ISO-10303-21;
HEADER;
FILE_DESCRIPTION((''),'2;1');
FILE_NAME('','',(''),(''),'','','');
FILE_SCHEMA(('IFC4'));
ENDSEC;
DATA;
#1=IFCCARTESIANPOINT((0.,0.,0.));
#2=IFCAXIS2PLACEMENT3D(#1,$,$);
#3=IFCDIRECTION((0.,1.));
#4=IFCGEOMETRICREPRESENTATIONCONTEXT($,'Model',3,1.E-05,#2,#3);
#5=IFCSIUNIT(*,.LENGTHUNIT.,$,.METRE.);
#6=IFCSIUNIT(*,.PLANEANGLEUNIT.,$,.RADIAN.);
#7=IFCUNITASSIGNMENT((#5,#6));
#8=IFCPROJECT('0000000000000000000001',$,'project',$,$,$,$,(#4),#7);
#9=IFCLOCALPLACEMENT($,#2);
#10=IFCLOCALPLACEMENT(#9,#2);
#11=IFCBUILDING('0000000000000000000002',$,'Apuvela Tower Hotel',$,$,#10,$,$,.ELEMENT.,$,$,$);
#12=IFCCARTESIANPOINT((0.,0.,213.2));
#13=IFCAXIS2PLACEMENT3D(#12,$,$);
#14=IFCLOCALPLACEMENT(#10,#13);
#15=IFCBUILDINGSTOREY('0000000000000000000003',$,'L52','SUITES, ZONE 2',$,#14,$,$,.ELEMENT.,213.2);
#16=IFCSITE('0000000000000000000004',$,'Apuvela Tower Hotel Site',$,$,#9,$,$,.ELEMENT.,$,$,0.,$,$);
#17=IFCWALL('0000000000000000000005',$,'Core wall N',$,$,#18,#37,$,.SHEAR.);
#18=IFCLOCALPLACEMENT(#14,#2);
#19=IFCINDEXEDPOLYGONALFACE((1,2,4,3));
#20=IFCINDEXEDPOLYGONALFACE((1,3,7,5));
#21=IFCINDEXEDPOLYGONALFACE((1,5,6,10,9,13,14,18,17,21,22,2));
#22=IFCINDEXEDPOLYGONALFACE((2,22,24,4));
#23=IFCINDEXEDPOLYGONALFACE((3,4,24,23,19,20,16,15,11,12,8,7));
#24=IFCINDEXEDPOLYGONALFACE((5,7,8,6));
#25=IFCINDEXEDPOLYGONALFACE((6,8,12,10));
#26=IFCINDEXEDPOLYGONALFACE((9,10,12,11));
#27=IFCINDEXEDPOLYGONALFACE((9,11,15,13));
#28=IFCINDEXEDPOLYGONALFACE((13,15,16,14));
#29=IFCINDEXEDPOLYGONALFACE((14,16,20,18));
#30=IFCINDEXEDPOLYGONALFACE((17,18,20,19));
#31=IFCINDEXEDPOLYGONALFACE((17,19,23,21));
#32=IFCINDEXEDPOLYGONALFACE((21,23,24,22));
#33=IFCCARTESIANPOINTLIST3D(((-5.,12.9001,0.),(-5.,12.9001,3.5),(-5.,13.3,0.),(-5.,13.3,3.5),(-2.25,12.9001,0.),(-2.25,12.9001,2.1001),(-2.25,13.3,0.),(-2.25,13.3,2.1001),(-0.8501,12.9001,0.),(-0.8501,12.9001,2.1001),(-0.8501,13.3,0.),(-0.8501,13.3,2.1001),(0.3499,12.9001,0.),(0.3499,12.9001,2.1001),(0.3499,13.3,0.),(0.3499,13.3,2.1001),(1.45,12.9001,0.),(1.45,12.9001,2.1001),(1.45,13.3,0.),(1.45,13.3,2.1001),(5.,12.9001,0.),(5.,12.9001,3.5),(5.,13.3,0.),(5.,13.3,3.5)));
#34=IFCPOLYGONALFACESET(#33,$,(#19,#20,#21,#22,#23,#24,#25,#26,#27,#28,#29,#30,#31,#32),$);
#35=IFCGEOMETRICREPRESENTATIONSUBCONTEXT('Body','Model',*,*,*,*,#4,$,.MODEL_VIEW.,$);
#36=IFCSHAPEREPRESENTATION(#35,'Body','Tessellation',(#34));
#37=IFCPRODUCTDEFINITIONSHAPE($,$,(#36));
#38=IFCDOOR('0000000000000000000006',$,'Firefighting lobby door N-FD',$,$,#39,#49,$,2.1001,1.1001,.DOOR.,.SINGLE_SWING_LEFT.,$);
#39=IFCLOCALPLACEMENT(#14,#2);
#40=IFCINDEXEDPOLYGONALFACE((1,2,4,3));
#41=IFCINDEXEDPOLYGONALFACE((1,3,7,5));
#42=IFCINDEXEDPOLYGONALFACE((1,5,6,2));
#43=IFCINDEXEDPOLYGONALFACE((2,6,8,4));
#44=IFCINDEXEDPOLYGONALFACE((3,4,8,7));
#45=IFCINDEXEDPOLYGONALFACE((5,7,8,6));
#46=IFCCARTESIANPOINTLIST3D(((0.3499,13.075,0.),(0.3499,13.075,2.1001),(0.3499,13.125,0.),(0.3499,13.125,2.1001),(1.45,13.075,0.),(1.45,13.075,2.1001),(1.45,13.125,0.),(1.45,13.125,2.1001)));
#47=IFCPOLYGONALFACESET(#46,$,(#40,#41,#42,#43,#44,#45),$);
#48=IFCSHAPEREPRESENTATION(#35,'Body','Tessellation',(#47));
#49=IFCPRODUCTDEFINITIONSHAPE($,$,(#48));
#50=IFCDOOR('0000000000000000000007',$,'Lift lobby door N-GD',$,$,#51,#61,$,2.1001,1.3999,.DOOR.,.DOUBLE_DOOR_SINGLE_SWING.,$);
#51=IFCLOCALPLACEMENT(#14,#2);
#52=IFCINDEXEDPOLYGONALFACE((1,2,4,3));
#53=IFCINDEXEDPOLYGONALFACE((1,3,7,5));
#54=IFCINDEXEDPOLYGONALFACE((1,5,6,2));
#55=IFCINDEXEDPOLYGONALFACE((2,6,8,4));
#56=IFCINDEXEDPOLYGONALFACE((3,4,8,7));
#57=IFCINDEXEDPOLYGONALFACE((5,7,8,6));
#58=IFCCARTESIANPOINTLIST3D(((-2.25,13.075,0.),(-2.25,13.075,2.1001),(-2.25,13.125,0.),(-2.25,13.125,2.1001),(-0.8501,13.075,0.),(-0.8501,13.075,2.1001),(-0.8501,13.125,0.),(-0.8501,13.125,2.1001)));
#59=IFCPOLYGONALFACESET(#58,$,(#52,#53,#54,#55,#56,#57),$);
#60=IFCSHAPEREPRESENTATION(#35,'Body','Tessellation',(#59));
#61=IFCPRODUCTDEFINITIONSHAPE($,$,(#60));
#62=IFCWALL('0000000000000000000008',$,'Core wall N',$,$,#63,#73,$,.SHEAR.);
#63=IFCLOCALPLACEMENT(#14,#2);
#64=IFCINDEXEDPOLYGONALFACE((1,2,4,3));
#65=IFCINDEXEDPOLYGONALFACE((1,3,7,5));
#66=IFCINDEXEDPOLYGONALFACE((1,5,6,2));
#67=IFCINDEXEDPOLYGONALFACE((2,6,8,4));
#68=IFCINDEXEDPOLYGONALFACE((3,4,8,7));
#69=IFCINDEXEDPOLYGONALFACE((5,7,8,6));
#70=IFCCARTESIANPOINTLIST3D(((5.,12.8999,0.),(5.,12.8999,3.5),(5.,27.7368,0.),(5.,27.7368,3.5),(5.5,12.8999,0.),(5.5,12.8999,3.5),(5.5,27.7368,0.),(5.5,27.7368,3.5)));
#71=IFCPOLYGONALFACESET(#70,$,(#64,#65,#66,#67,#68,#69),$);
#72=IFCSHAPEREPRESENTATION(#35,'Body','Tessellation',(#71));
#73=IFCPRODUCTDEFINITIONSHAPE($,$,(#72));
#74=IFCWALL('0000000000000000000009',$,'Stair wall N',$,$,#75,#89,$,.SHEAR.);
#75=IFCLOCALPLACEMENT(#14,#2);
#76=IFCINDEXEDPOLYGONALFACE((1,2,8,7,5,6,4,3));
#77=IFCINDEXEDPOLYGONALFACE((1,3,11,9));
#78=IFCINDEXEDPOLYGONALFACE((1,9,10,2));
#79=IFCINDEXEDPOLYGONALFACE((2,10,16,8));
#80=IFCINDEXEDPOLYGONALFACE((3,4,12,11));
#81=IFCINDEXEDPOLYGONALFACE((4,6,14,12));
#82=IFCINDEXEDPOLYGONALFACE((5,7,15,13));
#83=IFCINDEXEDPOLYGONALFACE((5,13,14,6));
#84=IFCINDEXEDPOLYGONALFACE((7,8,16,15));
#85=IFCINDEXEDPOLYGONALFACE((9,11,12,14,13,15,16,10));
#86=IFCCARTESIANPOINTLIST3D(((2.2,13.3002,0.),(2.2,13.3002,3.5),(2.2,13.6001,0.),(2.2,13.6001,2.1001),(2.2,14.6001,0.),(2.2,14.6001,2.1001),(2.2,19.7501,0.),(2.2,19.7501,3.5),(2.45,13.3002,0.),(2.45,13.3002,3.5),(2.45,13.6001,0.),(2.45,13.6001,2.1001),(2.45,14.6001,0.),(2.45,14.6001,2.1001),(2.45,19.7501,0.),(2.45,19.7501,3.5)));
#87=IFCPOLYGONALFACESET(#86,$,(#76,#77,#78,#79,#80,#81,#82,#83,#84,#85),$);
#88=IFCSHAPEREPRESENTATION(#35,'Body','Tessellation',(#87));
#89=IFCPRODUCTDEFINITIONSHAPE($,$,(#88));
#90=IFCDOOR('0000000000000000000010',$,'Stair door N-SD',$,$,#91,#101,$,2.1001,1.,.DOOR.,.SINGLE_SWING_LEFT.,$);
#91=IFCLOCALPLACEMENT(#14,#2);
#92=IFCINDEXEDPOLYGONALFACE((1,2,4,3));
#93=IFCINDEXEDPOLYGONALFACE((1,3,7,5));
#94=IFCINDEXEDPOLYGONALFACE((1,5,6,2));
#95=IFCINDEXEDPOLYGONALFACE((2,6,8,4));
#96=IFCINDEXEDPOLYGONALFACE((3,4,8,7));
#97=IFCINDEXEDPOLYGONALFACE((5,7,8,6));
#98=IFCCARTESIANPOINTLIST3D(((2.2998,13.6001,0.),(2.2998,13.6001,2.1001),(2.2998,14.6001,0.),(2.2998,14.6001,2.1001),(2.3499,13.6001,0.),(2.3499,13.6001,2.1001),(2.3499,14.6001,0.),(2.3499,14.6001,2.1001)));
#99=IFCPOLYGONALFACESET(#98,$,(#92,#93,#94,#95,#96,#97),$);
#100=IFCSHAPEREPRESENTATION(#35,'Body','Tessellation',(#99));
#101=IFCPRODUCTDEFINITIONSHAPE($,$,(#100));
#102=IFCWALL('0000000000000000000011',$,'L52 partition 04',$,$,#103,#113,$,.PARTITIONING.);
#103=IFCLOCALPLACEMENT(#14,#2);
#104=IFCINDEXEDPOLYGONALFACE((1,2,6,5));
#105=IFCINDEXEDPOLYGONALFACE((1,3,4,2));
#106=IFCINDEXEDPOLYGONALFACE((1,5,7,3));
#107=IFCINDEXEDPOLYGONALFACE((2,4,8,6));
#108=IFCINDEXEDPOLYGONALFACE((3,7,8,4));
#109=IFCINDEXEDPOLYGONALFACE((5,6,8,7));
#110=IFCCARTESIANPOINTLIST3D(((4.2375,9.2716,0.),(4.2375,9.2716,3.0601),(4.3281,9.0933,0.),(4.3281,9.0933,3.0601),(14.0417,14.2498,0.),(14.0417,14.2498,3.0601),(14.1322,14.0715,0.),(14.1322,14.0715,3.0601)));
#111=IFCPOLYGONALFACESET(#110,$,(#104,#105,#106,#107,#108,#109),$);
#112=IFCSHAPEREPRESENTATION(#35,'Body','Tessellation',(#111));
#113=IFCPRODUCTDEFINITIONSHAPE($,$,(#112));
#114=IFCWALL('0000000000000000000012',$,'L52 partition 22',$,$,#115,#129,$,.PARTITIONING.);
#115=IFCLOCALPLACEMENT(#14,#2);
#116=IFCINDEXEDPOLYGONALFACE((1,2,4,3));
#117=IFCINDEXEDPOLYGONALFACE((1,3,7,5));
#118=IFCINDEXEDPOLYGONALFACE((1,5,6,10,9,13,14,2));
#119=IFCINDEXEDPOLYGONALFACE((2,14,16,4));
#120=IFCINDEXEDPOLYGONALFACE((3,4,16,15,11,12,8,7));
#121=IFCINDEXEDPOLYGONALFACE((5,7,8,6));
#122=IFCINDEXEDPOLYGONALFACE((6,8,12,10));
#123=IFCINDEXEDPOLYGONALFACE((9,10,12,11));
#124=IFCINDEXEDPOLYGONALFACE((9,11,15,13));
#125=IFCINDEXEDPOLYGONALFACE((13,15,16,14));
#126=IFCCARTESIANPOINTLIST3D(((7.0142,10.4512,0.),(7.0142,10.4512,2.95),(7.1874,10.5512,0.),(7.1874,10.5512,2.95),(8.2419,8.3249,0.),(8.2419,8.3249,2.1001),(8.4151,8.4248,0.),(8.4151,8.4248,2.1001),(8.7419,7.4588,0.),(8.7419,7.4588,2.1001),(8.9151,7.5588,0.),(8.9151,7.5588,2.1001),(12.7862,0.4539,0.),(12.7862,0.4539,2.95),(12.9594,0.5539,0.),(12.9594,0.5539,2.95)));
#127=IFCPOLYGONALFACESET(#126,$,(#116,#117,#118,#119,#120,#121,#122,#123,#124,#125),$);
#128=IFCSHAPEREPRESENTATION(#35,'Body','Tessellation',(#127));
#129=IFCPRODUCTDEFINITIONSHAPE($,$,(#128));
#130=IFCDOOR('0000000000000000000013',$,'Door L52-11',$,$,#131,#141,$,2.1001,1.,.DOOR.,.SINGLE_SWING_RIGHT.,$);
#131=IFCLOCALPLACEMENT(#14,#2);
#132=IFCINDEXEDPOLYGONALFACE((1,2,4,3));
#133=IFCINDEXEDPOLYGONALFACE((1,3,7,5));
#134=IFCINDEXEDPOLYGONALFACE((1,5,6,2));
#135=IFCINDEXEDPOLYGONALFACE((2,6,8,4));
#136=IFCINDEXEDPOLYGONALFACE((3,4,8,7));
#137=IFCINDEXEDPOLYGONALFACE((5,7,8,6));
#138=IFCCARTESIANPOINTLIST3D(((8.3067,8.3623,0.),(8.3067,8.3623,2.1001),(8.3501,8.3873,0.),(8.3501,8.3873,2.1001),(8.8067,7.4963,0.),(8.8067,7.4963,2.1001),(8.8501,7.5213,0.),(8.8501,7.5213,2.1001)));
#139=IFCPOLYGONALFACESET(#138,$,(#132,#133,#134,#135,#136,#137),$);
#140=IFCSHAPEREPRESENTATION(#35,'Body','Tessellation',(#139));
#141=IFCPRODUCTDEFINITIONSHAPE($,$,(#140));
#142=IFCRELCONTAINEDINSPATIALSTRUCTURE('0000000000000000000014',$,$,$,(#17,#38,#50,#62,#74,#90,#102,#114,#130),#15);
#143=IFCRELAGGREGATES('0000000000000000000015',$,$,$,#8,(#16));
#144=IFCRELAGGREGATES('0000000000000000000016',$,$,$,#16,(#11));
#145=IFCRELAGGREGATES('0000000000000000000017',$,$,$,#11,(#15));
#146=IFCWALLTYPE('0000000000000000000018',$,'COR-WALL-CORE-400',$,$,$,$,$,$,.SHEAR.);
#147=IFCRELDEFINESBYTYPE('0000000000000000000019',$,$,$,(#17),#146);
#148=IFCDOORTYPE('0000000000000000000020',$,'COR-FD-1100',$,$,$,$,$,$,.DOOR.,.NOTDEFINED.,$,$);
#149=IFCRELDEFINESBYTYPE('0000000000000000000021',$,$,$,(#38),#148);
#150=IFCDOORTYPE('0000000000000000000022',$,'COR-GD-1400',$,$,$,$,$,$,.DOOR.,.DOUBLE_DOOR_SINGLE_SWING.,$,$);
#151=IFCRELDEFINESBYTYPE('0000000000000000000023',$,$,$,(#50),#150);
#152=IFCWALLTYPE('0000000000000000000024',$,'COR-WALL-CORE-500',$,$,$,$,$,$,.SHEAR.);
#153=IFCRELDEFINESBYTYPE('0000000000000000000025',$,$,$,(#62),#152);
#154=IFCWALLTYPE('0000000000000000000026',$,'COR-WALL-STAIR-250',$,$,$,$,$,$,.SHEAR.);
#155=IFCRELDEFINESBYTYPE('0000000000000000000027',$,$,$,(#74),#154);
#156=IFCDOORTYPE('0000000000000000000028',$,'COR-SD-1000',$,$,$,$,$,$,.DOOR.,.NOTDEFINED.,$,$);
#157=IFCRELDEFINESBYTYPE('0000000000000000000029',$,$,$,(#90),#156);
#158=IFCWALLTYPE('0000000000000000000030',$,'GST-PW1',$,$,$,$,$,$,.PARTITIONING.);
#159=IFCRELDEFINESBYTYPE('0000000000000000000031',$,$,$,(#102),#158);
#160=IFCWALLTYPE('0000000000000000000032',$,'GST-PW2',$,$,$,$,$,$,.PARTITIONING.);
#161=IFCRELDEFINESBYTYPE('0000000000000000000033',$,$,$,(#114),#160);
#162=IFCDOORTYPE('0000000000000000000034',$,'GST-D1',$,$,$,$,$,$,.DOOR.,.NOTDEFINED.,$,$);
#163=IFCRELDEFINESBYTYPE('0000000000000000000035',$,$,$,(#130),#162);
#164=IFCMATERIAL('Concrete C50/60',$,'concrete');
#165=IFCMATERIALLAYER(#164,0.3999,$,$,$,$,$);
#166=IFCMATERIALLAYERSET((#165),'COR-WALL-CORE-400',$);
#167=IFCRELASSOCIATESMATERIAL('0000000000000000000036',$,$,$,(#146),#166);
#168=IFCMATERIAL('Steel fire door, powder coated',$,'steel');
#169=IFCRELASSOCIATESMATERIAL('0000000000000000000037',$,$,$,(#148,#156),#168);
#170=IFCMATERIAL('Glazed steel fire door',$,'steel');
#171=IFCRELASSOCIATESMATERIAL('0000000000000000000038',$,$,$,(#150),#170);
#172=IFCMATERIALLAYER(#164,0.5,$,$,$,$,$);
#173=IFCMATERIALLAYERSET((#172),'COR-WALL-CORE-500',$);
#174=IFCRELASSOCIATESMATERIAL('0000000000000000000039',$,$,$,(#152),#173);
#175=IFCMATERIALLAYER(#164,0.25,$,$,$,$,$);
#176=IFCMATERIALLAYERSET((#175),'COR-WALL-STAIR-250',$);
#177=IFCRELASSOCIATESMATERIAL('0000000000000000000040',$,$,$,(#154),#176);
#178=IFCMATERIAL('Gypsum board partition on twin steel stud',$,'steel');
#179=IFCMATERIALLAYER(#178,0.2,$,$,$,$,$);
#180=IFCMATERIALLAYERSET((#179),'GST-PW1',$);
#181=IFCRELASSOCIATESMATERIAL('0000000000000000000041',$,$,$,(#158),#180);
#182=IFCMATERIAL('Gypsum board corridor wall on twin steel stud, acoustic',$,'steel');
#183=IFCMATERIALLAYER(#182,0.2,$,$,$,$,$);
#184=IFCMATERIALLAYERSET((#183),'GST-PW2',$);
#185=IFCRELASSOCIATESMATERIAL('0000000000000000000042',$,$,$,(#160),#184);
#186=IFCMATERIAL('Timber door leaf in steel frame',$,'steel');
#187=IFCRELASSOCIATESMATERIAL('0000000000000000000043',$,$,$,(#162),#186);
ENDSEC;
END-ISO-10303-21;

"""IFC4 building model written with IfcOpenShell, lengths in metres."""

from ifc_helpers import new_model, si_unit, direction, frame, frame_2d, origin, place, context, subcontext, project, spatial, rectangle, extrude, material, layer, layer_set, type_object, element, fill, save


model = new_model("IFC4")

# Units and contexts
model_context = context("Model", 3, precision=1e-05, world=origin(), true_north=direction((0.0, 1.0)))
body_context = subcontext(model_context, "Body", "Model", "MODEL_VIEW")
ifc_project = project(units=[si_unit("LENGTHUNIT", "METRE"), si_unit("PLANEANGLEUNIT", "RADIAN")], contexts=[model_context])

# Site, building, storey
site_placement = place(None, origin())
site = spatial("IfcSite", under=ifc_project, at=site_placement, Name="Apuvela Tower Hotel Site", CompositionType="ELEMENT", RefElevation=0.0)
building_placement = place(site_placement, origin())
building = spatial("IfcBuilding", under=site, at=building_placement, Name="Apuvela Tower Hotel", CompositionType="ELEMENT")
storey_placement = place(building_placement, frame((0.0, 0.0, 213.2)))
storey = spatial("IfcBuildingStorey", under=building, at=storey_placement, Name="L52", Description="SUITES, ZONE 2", CompositionType="ELEMENT", Elevation=213.2)

# Shared definitions
ifc_material_1 = material(Name="Concrete C50/60", Category="concrete")

# Wall, openings, doors
ifc_layer_1 = layer(ifc_material_1, 0.3999)
ifc_layer_set_1 = layer_set([ifc_layer_1], Name="COR-WALL-CORE-400")
wall_type_1 = type_object("IfcWallType", Name="COR-WALL-CORE-400", PredefinedType="SHEAR", material=ifc_layer_set_1)
wall_1_placement = place(storey_placement, frame((5.0, 13.1001, 0.0), z_axis=(0.0, 0.0, 1.0), x_axis=(-1.0, 0.0, 0.0)))
wall_1 = element("IfcWall", 1, at=wall_1_placement, inside=storey, type_object=wall_type_1, Name="Core wall N", PredefinedType="SHEAR", context=body_context, shape_type="SweptSolid", body=[
    extrude(rectangle(XDim=10.0, YDim=0.3999, at=frame_2d((5.0, 0.0))), origin(), (0.0, 0.0, 1.0), 3.5),
])
opening_1_placement = place(wall_1_placement, frame((3.55, 0.0, 0.0)))
opening_1 = element("IfcOpeningElement", 2, at=opening_1_placement, cuts=wall_1, PredefinedType="OPENING", context=body_context, shape_type="SweptSolid", body=[
    extrude(rectangle(XDim=1.1001, YDim=2.1001, at=frame_2d((0.55, 1.05))), frame((0.0, 0.21, 0.0), z_axis=(0.0, -1.0, 0.0), x_axis=(1.0, 0.0, 0.0)), (0.0, 0.0, 1.0), 0.4199),
])
opening_2_placement = place(wall_1_placement, frame((5.8501, 0.0, 0.0)))
opening_2 = element("IfcOpeningElement", 3, at=opening_2_placement, cuts=wall_1, PredefinedType="OPENING", context=body_context, shape_type="SweptSolid", body=[
    extrude(rectangle(XDim=1.3999, YDim=2.1001, at=frame_2d((0.7, 1.05))), frame((0.0, 0.21, 0.0), z_axis=(0.0, -1.0, 0.0), x_axis=(1.0, 0.0, 0.0)), (0.0, 0.0, 1.0), 0.4199),
])
ifc_material_2 = material(Name="Steel fire door, powder coated", Category="steel")
door_type_1 = type_object("IfcDoorType", Name="COR-FD-1100", OperationType="NOTDEFINED", PredefinedType="DOOR", material=ifc_material_2)
door_1_placement = place(opening_1_placement, frame((1.1001, 0.0, 0.0), z_axis=(0.0, 0.0, 1.0), x_axis=(-1.0, 0.0, 0.0)))
door_1 = element("IfcDoor", 4, at=door_1_placement, inside=storey, type_object=door_type_1, Name="Firefighting lobby door N-FD", OperationType="SINGLE_SWING_LEFT", OverallHeight=2.1001, OverallWidth=1.1001, PredefinedType="DOOR", context=body_context, shape_type="SweptSolid", body=[
    extrude(rectangle(XDim=1.1001, YDim=2.1001, at=frame_2d((0.55, 1.05))), frame((0.0, 0.0249, 0.0), z_axis=(0.0, -1.0, 0.0), x_axis=(1.0, 0.0, 0.0)), (0.0, 0.0, 1.0), 0.05),
])
fill(opening_1, door_1)
ifc_material_3 = material(Name="Glazed steel fire door", Category="steel")
door_type_2 = type_object("IfcDoorType", Name="COR-GD-1400", OperationType="DOUBLE_DOOR_SINGLE_SWING", PredefinedType="DOOR", material=ifc_material_3)
door_2_placement = place(opening_2_placement, frame((1.3999, 0.0, 0.0), z_axis=(0.0, 0.0, 1.0), x_axis=(-1.0, 0.0, 0.0)))
door_2 = element("IfcDoor", 5, at=door_2_placement, inside=storey, type_object=door_type_2, Name="Lift lobby door N-GD", OperationType="DOUBLE_DOOR_SINGLE_SWING", OverallHeight=2.1001, OverallWidth=1.3999, PredefinedType="DOOR", context=body_context, shape_type="SweptSolid", body=[
    extrude(rectangle(XDim=1.3999, YDim=2.1001, at=frame_2d((0.7, 1.05))), frame((0.0, 0.0249, 0.0), z_axis=(0.0, -1.0, 0.0), x_axis=(1.0, 0.0, 0.0)), (0.0, 0.0, 1.0), 0.05),
])
fill(opening_2, door_2)

# Wall
ifc_layer_2 = layer(ifc_material_1, 0.5)
ifc_layer_set_2 = layer_set([ifc_layer_2], Name="COR-WALL-CORE-500")
wall_type_2 = type_object("IfcWallType", Name="COR-WALL-CORE-500", PredefinedType="SHEAR", material=ifc_layer_set_2)
wall_2_placement = place(storey_placement, frame((5.25, 12.8999, 0.0), z_axis=(0.0, 0.0, 1.0), x_axis=(0.0, 1.0, 0.0)))
element("IfcWall", 6, at=wall_2_placement, inside=storey, type_object=wall_type_2, Name="Core wall N", PredefinedType="SHEAR", context=body_context, shape_type="SweptSolid", body=[
    extrude(rectangle(XDim=14.8369, YDim=0.5, at=frame_2d((7.4185, 0.0))), origin(), (0.0, 0.0, 1.0), 3.5),
])

# Wall, opening, door
ifc_layer_3 = layer(ifc_material_1, 0.25)
ifc_layer_set_3 = layer_set([ifc_layer_3], Name="COR-WALL-STAIR-250")
wall_type_3 = type_object("IfcWallType", Name="COR-WALL-STAIR-250", PredefinedType="SHEAR", material=ifc_layer_set_3)
wall_3_placement = place(storey_placement, frame((2.325, 13.3, 0.0), z_axis=(0.0, 0.0, 1.0), x_axis=(0.0, 1.0, 0.0)))
wall_3 = element("IfcWall", 7, at=wall_3_placement, inside=storey, type_object=wall_type_3, Name="Stair wall N", PredefinedType="SHEAR", context=body_context, shape_type="SweptSolid", body=[
    extrude(rectangle(XDim=6.45, YDim=0.25, at=frame_2d((3.2251, 0.0))), origin(), (0.0, 0.0, 1.0), 3.5),
])
opening_3_placement = place(wall_3_placement, frame((0.3, 0.0, 0.0)))
opening_3 = element("IfcOpeningElement", 8, at=opening_3_placement, cuts=wall_3, PredefinedType="OPENING", context=body_context, shape_type="SweptSolid", body=[
    extrude(rectangle(XDim=1.0, YDim=2.1001, at=frame_2d((0.5, 1.05))), frame((0.0, 0.135, 0.0), z_axis=(0.0, -1.0, 0.0), x_axis=(1.0, 0.0, 0.0)), (0.0, 0.0, 1.0), 0.27),
])
door_type_3 = type_object("IfcDoorType", Name="COR-SD-1000", OperationType="NOTDEFINED", PredefinedType="DOOR", material=ifc_material_2)
door_3_placement = place(opening_3_placement, frame((1.0, 0.0, 0.0), z_axis=(0.0, 0.0, 1.0), x_axis=(-1.0, 0.0, 0.0)))
door_3 = element("IfcDoor", 9, at=door_3_placement, inside=storey, type_object=door_type_3, Name="Stair door N-SD", OperationType="SINGLE_SWING_LEFT", OverallHeight=2.1001, OverallWidth=1.0, PredefinedType="DOOR", context=body_context, shape_type="SweptSolid", body=[
    extrude(rectangle(XDim=1.0, YDim=2.1001, at=frame_2d((0.5, 1.05))), frame((0.0, 0.0249, 0.0), z_axis=(0.0, -1.0, 0.0), x_axis=(1.0, 0.0, 0.0)), (0.0, 0.0, 1.0), 0.05),
])
fill(opening_3, door_3)

# Wall
ifc_material_4 = material(Name="Gypsum board partition on twin steel stud", Category="steel")
ifc_layer_4 = layer(ifc_material_4, 0.2)
ifc_layer_set_4 = layer_set([ifc_layer_4], Name="GST-PW1")
wall_type_4 = type_object("IfcWallType", Name="GST-PW1", PredefinedType="PARTITIONING", material=ifc_layer_set_4)
wall_4_placement = place(storey_placement, frame((14.0869, 14.1606, 0.0), z_axis=(0.0, 0.0, 1.0), x_axis=(-0.891639, -0.452747, 0.0)))
element("IfcWall", 10, at=wall_4_placement, inside=storey, type_object=wall_type_4, Name="L52 partition 04", PredefinedType="PARTITIONING", context=body_context, shape_type="SweptSolid", body=[
    extrude(rectangle(XDim=10.9956, YDim=0.2, at=frame_2d((5.4978, 0.0))), origin(), (0.0, 0.0, 1.0), 3.0601),
])

# Wall, opening, door
ifc_material_5 = material(Name="Gypsum board corridor wall on twin steel stud, acoustic", Category="steel")
ifc_layer_5 = layer(ifc_material_5, 0.2)
ifc_layer_set_5 = layer_set([ifc_layer_5], Name="GST-PW2")
wall_type_5 = type_object("IfcWallType", Name="GST-PW2", PredefinedType="PARTITIONING", material=ifc_layer_set_5)
wall_5_placement = place(storey_placement, frame((7.1008, 10.5012, 0.0), z_axis=(0.0, 0.0, 1.0), x_axis=(0.500001, -0.866025, 0.0)))
wall_5 = element("IfcWall", 11, at=wall_5_placement, inside=storey, type_object=wall_type_5, Name="L52 partition 22", PredefinedType="PARTITIONING", context=body_context, shape_type="SweptSolid", body=[
    extrude(rectangle(XDim=11.5439, YDim=0.2, at=frame_2d((5.772, 0.0))), origin(), (0.0, 0.0, 1.0), 2.95),
])
opening_4_placement = place(wall_5_placement, frame((2.4553, 0.0, 0.0)))
opening_4 = element("IfcOpeningElement", 12, at=opening_4_placement, cuts=wall_5, PredefinedType="OPENING", context=body_context, shape_type="SweptSolid", body=[
    extrude(rectangle(XDim=1.0, YDim=2.1001, at=frame_2d((0.5, 1.05))), frame((0.0, 0.1099, 0.0), z_axis=(0.0, -1.0, 0.0), x_axis=(1.0, 0.0, 0.0)), (0.0, 0.0, 1.0), 0.22),
])
ifc_material_6 = material(Name="Timber door leaf in steel frame", Category="steel")
door_type_4 = type_object("IfcDoorType", Name="GST-D1", OperationType="NOTDEFINED", PredefinedType="DOOR", material=ifc_material_6)
door_4_placement = place(opening_4_placement, origin())
door_4 = element("IfcDoor", 13, at=door_4_placement, inside=storey, type_object=door_type_4, Name="Door L52-11", OperationType="SINGLE_SWING_RIGHT", OverallHeight=2.1001, OverallWidth=1.0, PredefinedType="DOOR", context=body_context, shape_type="SweptSolid", body=[
    extrude(rectangle(XDim=1.0, YDim=2.1001, at=frame_2d((0.5, 1.05))), frame((0.0, 0.0249, 0.0), z_axis=(0.0, -1.0, 0.0), x_axis=(1.0, 0.0, 0.0)), (0.0, 0.0, 1.0), 0.05),
])
fill(opening_4, door_4)

save(model, "model.ifc")
